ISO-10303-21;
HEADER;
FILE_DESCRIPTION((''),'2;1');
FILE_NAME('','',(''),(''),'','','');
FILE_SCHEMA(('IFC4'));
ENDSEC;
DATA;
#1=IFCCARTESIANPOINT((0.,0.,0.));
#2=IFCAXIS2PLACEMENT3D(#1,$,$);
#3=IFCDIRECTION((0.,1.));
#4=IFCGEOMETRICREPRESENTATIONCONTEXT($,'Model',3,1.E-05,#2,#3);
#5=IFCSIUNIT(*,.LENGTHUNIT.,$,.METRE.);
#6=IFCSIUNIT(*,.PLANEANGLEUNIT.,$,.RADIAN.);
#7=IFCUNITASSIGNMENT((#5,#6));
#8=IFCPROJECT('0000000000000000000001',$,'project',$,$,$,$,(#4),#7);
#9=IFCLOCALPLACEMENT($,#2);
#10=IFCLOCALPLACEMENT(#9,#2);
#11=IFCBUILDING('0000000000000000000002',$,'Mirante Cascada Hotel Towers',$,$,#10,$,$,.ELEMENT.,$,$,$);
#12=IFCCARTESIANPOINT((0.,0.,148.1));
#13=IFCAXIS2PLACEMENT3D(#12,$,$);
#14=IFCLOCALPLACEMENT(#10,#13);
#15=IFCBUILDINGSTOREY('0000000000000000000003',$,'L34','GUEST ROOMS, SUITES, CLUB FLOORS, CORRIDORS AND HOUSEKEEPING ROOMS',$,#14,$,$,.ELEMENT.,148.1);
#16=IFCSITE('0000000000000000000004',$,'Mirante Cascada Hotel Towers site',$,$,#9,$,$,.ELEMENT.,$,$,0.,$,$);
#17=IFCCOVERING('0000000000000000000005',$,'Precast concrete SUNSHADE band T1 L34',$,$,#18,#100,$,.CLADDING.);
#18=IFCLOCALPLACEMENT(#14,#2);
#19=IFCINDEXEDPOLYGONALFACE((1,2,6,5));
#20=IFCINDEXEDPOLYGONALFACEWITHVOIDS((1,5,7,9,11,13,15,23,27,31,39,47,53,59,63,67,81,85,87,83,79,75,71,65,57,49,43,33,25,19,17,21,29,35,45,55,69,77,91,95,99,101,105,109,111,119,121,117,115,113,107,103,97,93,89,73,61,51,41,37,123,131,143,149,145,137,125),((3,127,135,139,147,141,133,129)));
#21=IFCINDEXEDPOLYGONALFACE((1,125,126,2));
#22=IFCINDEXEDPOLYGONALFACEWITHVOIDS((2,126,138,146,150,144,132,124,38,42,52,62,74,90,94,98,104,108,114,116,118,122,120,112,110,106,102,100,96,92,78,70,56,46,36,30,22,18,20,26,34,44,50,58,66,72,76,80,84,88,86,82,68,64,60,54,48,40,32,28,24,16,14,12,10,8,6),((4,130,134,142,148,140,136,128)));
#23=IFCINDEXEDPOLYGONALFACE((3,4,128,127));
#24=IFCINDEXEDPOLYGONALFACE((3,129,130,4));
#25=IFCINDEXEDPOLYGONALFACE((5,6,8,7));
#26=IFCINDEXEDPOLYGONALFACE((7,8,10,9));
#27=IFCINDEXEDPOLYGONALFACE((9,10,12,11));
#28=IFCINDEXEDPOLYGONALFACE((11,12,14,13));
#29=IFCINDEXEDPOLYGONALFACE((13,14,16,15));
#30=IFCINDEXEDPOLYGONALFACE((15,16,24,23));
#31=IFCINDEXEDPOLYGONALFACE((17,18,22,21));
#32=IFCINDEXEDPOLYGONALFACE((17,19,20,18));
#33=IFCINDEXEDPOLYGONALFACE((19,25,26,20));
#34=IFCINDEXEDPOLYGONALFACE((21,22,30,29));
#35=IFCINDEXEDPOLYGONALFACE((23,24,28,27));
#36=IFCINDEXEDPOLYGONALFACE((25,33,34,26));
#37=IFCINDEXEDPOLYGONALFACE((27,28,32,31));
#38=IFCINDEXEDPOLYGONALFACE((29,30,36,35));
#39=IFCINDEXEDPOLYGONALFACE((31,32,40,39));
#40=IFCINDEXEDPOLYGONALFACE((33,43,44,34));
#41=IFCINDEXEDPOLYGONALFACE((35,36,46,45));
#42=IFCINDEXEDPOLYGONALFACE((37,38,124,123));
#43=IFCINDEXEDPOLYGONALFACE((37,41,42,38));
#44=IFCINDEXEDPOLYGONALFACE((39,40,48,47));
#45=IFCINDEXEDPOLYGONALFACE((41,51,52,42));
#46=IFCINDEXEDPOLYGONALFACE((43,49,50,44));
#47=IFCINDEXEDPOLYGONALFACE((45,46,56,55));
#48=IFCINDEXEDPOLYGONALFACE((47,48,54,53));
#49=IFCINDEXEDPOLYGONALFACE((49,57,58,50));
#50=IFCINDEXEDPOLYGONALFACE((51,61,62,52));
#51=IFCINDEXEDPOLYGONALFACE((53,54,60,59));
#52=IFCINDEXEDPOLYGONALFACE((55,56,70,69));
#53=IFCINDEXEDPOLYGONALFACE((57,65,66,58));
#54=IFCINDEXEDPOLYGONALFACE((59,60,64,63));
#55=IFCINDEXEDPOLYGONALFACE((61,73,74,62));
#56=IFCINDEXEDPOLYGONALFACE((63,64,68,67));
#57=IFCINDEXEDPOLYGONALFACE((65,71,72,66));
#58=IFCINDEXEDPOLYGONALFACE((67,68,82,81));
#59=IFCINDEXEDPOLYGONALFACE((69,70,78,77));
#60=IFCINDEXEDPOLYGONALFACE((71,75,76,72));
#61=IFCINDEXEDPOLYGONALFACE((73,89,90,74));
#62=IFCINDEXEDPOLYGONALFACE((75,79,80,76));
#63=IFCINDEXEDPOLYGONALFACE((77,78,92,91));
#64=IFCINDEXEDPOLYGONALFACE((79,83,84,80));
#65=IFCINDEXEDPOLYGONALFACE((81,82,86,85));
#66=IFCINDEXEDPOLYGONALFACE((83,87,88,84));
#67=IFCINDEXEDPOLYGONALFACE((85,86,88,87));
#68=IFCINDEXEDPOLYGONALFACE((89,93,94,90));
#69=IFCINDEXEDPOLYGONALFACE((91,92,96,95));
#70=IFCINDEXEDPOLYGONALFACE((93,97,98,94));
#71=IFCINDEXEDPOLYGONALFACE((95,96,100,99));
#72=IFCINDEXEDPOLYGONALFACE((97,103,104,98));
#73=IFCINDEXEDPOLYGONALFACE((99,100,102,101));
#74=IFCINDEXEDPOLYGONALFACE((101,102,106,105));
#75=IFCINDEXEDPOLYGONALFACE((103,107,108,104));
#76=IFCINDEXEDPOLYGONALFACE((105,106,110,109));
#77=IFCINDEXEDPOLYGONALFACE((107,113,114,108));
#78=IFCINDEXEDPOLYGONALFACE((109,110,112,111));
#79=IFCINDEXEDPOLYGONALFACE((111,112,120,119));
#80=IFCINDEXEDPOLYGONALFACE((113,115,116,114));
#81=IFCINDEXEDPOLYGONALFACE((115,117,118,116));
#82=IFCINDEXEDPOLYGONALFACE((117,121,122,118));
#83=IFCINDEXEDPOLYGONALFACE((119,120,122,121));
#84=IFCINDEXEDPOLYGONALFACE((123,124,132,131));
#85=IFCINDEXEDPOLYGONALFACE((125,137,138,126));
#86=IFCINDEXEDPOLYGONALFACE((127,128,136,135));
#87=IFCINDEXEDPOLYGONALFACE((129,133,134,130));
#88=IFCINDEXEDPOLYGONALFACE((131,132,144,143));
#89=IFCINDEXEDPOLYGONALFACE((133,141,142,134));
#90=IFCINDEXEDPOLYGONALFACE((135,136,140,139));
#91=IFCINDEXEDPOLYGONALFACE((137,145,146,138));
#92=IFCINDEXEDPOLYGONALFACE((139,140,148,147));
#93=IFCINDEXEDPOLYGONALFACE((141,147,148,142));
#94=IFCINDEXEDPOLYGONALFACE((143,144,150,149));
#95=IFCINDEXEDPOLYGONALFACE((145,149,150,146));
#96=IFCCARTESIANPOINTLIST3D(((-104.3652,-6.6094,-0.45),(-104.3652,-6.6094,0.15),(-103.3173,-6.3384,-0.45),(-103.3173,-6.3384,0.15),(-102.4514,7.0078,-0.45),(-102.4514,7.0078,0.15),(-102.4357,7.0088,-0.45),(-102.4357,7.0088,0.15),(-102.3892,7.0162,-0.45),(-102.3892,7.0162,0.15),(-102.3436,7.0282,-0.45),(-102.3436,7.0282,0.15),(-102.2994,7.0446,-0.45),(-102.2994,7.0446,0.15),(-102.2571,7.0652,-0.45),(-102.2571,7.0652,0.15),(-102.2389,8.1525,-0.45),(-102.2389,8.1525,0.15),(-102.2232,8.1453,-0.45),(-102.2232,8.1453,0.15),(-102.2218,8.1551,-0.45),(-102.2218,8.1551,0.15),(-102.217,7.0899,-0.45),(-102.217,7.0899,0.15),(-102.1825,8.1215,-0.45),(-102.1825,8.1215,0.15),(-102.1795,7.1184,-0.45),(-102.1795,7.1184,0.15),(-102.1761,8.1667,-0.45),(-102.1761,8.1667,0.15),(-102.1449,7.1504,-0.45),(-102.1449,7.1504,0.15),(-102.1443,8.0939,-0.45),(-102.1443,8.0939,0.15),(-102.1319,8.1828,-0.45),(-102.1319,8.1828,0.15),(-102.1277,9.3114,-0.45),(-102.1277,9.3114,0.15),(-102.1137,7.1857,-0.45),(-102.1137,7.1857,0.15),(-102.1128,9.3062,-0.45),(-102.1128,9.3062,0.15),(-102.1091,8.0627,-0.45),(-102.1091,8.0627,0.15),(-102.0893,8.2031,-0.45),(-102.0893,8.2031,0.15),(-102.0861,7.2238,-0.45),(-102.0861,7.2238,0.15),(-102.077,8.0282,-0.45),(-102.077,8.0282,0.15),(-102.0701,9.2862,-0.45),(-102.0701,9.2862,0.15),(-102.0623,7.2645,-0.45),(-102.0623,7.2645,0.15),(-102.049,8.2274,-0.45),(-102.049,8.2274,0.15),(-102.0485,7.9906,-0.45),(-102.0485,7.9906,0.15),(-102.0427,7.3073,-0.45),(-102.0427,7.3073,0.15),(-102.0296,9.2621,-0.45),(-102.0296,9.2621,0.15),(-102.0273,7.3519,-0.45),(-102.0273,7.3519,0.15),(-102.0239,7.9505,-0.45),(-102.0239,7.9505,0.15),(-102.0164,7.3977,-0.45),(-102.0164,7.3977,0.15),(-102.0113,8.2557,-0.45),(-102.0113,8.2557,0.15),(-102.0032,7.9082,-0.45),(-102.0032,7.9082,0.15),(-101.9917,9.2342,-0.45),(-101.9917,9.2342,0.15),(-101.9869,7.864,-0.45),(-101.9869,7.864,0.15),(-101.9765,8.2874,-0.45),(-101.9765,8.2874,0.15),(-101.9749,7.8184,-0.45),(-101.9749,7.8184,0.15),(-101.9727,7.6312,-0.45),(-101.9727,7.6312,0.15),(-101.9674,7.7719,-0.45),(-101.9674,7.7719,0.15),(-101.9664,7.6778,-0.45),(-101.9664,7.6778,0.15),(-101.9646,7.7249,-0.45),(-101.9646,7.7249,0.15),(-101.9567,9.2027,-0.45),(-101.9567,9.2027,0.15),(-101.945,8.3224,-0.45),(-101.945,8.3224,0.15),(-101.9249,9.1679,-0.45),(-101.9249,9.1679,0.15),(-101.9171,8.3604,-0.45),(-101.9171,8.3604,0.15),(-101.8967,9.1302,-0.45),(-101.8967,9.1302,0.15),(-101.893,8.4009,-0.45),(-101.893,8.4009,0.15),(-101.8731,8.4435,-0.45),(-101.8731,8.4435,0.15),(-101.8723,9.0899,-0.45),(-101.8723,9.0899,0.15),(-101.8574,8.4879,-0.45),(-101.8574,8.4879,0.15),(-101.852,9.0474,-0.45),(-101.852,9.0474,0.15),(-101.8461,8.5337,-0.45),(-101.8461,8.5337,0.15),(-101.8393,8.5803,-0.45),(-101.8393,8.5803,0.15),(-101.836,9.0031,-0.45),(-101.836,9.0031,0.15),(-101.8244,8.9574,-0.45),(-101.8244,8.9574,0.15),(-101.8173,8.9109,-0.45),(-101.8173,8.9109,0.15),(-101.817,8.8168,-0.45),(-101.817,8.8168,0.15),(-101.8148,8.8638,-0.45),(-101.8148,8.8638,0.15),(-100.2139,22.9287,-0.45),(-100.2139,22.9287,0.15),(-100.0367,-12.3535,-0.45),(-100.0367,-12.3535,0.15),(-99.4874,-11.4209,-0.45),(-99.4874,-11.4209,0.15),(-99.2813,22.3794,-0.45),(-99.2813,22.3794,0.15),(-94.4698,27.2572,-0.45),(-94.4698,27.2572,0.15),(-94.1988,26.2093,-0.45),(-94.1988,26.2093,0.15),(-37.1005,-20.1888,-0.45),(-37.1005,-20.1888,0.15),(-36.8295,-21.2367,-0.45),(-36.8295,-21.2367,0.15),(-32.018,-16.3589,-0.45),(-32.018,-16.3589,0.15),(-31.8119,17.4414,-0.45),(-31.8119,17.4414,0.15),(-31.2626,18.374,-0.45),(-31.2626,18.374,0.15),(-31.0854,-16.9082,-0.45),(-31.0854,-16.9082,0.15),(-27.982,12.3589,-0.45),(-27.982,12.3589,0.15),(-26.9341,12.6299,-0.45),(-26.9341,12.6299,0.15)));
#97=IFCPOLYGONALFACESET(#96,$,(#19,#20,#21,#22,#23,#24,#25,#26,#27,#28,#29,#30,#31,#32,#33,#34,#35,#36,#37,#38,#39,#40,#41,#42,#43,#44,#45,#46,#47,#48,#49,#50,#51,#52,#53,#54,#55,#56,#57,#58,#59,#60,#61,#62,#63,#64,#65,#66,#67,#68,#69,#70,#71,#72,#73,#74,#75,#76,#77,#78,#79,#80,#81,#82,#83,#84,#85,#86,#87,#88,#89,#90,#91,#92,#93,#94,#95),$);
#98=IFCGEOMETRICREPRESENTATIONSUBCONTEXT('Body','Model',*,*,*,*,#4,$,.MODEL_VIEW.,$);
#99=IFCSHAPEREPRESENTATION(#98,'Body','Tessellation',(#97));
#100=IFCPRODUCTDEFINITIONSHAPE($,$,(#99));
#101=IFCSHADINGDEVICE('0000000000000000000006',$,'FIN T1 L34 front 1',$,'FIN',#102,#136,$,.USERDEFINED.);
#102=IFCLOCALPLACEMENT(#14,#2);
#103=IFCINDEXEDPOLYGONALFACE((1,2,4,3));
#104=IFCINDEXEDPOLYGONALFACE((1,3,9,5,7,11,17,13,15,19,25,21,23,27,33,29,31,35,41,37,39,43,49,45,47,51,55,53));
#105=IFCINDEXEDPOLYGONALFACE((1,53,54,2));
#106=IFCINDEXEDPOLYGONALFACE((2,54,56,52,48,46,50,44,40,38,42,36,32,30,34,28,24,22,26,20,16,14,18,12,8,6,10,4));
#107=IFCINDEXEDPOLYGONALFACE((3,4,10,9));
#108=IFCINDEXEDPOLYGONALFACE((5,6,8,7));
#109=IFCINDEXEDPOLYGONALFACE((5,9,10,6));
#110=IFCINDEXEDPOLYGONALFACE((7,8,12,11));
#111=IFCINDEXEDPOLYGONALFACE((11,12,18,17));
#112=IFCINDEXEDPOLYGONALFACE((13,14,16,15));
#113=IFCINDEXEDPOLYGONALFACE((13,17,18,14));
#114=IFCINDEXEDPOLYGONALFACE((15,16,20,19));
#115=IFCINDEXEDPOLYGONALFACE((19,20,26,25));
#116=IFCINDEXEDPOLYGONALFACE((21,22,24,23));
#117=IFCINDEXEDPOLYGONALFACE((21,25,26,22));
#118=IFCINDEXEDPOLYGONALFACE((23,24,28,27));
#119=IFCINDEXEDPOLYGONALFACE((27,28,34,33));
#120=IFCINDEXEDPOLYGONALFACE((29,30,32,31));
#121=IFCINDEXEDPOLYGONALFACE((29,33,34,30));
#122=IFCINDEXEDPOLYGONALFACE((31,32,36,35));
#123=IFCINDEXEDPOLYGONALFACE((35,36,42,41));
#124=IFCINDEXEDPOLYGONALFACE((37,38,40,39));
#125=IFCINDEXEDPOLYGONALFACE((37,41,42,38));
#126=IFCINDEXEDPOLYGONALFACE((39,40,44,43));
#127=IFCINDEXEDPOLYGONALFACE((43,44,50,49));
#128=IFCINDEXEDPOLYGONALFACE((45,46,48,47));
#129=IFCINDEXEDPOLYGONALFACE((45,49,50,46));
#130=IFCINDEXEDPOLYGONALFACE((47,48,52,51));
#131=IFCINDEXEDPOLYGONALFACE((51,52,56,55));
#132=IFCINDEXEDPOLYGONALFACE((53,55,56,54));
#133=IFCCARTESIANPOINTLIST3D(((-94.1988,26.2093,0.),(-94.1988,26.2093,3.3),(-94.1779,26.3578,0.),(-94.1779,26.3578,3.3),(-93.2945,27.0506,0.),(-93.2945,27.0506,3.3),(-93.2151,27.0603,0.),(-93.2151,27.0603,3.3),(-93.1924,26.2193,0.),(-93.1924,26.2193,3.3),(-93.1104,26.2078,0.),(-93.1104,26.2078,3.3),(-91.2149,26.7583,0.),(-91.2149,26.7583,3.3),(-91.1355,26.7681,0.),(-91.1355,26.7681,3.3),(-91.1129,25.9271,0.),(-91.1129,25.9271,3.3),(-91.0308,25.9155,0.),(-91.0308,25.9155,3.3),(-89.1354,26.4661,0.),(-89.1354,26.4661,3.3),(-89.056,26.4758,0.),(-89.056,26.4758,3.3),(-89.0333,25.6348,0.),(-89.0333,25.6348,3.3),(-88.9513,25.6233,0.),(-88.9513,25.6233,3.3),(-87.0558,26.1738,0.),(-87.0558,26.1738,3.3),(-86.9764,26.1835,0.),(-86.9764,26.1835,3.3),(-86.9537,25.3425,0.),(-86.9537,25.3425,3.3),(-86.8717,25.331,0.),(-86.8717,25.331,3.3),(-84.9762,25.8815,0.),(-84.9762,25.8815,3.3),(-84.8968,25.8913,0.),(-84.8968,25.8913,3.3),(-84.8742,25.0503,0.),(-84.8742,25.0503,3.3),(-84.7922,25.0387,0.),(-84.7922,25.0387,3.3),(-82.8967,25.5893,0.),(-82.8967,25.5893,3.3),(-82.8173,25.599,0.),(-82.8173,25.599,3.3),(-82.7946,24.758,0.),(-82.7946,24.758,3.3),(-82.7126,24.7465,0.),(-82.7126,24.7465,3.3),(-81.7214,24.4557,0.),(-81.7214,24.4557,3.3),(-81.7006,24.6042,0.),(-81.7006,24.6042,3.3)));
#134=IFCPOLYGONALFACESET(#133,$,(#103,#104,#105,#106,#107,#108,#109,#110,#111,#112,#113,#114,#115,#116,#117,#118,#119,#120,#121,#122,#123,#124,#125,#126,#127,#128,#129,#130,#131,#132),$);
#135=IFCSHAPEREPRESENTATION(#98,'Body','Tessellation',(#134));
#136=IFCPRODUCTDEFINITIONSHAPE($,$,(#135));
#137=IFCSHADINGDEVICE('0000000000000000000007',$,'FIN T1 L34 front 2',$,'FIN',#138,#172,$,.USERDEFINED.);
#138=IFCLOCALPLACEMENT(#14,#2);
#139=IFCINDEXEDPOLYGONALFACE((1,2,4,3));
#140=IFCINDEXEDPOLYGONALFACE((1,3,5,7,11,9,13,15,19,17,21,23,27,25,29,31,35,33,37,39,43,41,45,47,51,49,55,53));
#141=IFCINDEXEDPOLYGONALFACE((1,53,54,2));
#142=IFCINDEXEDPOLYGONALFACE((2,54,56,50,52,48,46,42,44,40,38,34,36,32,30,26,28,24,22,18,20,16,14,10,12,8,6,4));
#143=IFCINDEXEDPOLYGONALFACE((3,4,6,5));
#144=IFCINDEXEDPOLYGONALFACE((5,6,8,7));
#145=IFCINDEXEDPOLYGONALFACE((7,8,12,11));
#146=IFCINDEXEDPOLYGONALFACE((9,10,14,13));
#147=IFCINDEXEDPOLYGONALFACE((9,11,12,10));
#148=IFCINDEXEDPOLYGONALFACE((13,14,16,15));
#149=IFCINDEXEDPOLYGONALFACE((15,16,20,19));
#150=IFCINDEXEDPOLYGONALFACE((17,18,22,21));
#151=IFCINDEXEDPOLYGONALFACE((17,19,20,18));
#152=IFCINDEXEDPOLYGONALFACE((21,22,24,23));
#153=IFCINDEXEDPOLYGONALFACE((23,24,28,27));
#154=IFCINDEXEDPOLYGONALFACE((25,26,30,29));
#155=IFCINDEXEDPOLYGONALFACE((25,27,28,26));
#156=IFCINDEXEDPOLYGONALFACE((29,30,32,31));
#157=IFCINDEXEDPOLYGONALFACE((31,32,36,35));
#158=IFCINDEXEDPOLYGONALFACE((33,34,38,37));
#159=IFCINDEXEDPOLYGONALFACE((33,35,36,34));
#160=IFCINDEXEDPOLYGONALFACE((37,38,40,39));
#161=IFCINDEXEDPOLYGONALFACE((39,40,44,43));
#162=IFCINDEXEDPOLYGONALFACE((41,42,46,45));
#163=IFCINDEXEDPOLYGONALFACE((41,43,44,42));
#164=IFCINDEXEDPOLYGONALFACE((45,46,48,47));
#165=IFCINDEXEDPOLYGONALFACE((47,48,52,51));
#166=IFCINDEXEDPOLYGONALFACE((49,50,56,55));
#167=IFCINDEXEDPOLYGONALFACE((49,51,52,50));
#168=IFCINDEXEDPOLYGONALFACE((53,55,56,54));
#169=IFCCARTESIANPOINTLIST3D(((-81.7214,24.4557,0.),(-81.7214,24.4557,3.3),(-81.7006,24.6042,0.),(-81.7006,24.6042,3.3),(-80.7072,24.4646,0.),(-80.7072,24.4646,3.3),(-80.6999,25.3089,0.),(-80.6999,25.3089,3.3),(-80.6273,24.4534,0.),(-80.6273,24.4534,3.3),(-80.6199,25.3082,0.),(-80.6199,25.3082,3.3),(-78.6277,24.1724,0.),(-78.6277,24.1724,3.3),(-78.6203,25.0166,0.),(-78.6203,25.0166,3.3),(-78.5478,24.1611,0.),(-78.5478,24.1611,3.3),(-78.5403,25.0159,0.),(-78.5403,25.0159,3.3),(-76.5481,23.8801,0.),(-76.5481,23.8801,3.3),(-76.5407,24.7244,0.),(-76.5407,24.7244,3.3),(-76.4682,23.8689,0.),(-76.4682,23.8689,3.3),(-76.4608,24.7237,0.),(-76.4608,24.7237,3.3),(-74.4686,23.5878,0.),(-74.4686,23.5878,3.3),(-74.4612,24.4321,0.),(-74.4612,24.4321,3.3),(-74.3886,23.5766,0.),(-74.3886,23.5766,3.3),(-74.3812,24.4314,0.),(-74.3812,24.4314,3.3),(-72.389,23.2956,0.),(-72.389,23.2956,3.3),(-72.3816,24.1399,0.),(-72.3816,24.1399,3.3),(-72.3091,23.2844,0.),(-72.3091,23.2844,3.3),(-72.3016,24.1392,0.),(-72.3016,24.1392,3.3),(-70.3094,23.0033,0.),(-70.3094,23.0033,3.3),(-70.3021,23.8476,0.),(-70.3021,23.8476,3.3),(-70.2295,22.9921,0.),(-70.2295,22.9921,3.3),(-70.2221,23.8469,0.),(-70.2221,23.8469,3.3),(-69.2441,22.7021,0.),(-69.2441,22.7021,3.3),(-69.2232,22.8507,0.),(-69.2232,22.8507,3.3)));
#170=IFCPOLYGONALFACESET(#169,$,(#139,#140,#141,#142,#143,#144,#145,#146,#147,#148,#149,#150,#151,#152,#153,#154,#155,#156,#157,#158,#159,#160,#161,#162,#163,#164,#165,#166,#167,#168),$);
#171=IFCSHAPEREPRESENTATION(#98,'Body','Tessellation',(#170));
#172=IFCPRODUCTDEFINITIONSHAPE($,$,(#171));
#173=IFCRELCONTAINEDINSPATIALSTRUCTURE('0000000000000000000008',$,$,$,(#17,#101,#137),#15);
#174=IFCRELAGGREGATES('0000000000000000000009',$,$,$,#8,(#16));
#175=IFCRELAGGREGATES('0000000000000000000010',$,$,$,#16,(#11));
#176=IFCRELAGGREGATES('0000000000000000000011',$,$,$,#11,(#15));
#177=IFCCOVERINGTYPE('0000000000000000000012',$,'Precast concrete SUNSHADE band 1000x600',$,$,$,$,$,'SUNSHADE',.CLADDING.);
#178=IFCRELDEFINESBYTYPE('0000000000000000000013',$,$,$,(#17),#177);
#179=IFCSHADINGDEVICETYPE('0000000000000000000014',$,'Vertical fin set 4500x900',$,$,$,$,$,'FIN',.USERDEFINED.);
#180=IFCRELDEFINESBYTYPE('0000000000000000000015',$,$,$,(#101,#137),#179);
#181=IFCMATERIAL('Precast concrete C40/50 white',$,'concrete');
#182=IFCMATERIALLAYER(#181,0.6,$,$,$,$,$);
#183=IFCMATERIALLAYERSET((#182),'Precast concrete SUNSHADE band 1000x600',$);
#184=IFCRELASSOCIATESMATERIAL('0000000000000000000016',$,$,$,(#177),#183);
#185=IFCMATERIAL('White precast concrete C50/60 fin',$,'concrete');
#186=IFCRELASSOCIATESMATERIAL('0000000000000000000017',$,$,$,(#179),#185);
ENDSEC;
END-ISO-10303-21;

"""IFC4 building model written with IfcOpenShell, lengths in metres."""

from ifc_helpers import new_model, si_unit, direction, frame, origin, place, context, subcontext, project, spatial, polyline, outline, extrude, material, layer, layer_set, type_object, element, save


model = new_model("IFC4")

# Units and contexts
model_context = context("Model", 3, precision=1e-05, world=origin(), true_north=direction((0.0, 1.0)))
body_context = subcontext(model_context, "Body", "Model", "MODEL_VIEW")
ifc_project = project(units=[si_unit("LENGTHUNIT", "METRE"), si_unit("PLANEANGLEUNIT", "RADIAN")], contexts=[model_context])

# Site, building, storey
site_placement = place(None, origin())
site = spatial("IfcSite", under=ifc_project, at=site_placement, Name="Mirante Cascada Hotel Towers site", CompositionType="ELEMENT", RefElevation=0.0)
building_placement = place(site_placement, origin())
building = spatial("IfcBuilding", under=site, at=building_placement, Name="Mirante Cascada Hotel Towers", CompositionType="ELEMENT")
storey_placement = place(building_placement, frame((0.0, 0.0, 148.1)))
storey = spatial("IfcBuildingStorey", under=building, at=storey_placement, Name="L34", Description="GUEST ROOMS, SUITES, CLUB FLOORS, CORRIDORS AND HOUSEKEEPING ROOMS", CompositionType="ELEMENT", Elevation=148.1)

# Covering
ifc_material_1 = material(Name="Precast concrete C40/50 white", Category="concrete")
ifc_layer_1 = layer(ifc_material_1, 0.6)
ifc_layer_set_1 = layer_set([ifc_layer_1], Name="Precast concrete SUNSHADE band 1000x600")
covering_type = type_object("IfcCoveringType", Name="Precast concrete SUNSHADE band 1000x600", ElementType="SUNSHADE", PredefinedType="CLADDING", material=ifc_layer_set_1)
covering_placement = place(storey_placement, frame((0.0, 0.0, -0.45)))
element("IfcCovering", 1, at=covering_placement, inside=storey, type_object=covering_type, Name="Precast concrete SUNSHADE band T1 L34", PredefinedType="CLADDING", context=body_context, shape_type="SweptSolid", body=[
    extrude(outline(polyline([(-104.3652, -6.6094), (-102.4514, 7.0078), (-102.4357, 7.0088), (-102.3892, 7.0162), (-102.3436, 7.0282), (-102.2994, 7.0446), (-102.2571, 7.0652), (-102.217, 7.0899), (-102.1795, 7.1184), (-102.1449, 7.1504), (-102.1137, 7.1857), (-102.0861, 7.2238), (-102.0623, 7.2645), (-102.0427, 7.3073), (-102.0273, 7.3519), (-102.0164, 7.3977), (-101.9727, 7.6312), (-101.9664, 7.6778), (-101.9646, 7.7249), (-101.9674, 7.7719), (-101.9749, 7.8184), (-101.9869, 7.864), (-102.0032, 7.9082), (-102.0239, 7.9505), (-102.0485, 7.9906), (-102.077, 8.0282), (-102.1091, 8.0627), (-102.1443, 8.0939), (-102.1825, 8.1215), (-102.2232, 8.1453), (-102.2389, 8.1525), (-102.2218, 8.1551), (-102.1761, 8.1667), (-102.1319, 8.1828), (-102.0893, 8.2031), (-102.049, 8.2274), (-102.0113, 8.2557), (-101.9765, 8.2874), (-101.945, 8.3224), (-101.9171, 8.3604), (-101.893, 8.4009), (-101.8731, 8.4435), (-101.8574, 8.4879), (-101.8461, 8.5337), (-101.8393, 8.5803), (-101.817, 8.8168), (-101.8148, 8.8638), (-101.8173, 8.9109), (-101.8244, 8.9574), (-101.836, 9.0031), (-101.852, 9.0474), (-101.8723, 9.0899), (-101.8967, 9.1302), (-101.9249, 9.1679), (-101.9567, 9.2027), (-101.9917, 9.2342), (-102.0296, 9.2621), (-102.0701, 9.2862), (-102.1128, 9.3062), (-102.1277, 9.3114), (-100.2139, 22.9287), (-94.4698, 27.2572), (-31.2626, 18.374), (-26.9341, 12.6299), (-31.0854, -16.9082), (-36.8295, -21.2367), (-100.0367, -12.3535), (-104.3652, -6.6094)]), holes=[polyline([(-27.982, 12.3589), (-31.8119, 17.4414), (-94.1988, 26.2093), (-99.2813, 22.3794), (-103.3173, -6.3384), (-99.4874, -11.4209), (-37.1005, -20.1888), (-32.018, -16.3589), (-27.982, 12.3589)])]), origin(), (0.0, 0.0, 1.0), 0.6),
])

# Shading devices
ifc_material_2 = material(Name="White precast concrete C50/60 fin", Category="concrete")
shading_device_type = type_object("IfcShadingDeviceType", Name="Vertical fin set 4500x900", ElementType="FIN", PredefinedType="USERDEFINED", material=ifc_material_2)
shading_device_1_placement = place(storey_placement, origin())
element("IfcShadingDevice", 2, at=shading_device_1_placement, inside=storey, type_object=shading_device_type, Name="FIN T1 L34 front 1", ObjectType="FIN", PredefinedType="USERDEFINED", context=body_context, shape_type="SweptSolid", body=[
    extrude(outline(polyline([(-82.8173, 25.599), (-82.7126, 24.7465), (-81.7006, 24.6042), (-81.7214, 24.4557), (-94.1988, 26.2093), (-94.1779, 26.3578), (-93.1924, 26.2193), (-93.2945, 27.0506), (-93.2151, 27.0603), (-93.1104, 26.2078), (-91.1129, 25.9271), (-91.2149, 26.7583), (-91.1355, 26.7681), (-91.0308, 25.9155), (-89.0333, 25.6348), (-89.1354, 26.4661), (-89.056, 26.4758), (-88.9513, 25.6233), (-86.9537, 25.3425), (-87.0558, 26.1738), (-86.9764, 26.1835), (-86.8717, 25.331), (-84.8742, 25.0503), (-84.9762, 25.8815), (-84.8968, 25.8913), (-84.7922, 25.0387), (-82.7946, 24.758), (-82.8967, 25.5893), (-82.8173, 25.599)])), origin(), (0.0, 0.0, 1.0), 3.3),
])
shading_device_2_placement = place(storey_placement, origin())
element("IfcShadingDevice", 3, at=shading_device_2_placement, inside=storey, type_object=shading_device_type, Name="FIN T1 L34 front 2", ObjectType="FIN", PredefinedType="USERDEFINED", context=body_context, shape_type="SweptSolid", body=[
    extrude(outline(polyline([(-70.2221, 23.8469), (-70.2295, 22.9921), (-69.2232, 22.8507), (-69.2441, 22.7021), (-81.7214, 24.4557), (-81.7006, 24.6042), (-80.7072, 24.4646), (-80.6999, 25.3089), (-80.6199, 25.3082), (-80.6273, 24.4534), (-78.6277, 24.1724), (-78.6203, 25.0166), (-78.5403, 25.0159), (-78.5478, 24.1611), (-76.5481, 23.8801), (-76.5407, 24.7244), (-76.4608, 24.7237), (-76.4682, 23.8689), (-74.4686, 23.5878), (-74.4612, 24.4321), (-74.3812, 24.4314), (-74.3886, 23.5766), (-72.389, 23.2956), (-72.3816, 24.1399), (-72.3016, 24.1392), (-72.3091, 23.2844), (-70.3094, 23.0033), (-70.3021, 23.8476), (-70.2221, 23.8469)])), origin(), (0.0, 0.0, 1.0), 3.3),
])

save(model, "model.ifc")
